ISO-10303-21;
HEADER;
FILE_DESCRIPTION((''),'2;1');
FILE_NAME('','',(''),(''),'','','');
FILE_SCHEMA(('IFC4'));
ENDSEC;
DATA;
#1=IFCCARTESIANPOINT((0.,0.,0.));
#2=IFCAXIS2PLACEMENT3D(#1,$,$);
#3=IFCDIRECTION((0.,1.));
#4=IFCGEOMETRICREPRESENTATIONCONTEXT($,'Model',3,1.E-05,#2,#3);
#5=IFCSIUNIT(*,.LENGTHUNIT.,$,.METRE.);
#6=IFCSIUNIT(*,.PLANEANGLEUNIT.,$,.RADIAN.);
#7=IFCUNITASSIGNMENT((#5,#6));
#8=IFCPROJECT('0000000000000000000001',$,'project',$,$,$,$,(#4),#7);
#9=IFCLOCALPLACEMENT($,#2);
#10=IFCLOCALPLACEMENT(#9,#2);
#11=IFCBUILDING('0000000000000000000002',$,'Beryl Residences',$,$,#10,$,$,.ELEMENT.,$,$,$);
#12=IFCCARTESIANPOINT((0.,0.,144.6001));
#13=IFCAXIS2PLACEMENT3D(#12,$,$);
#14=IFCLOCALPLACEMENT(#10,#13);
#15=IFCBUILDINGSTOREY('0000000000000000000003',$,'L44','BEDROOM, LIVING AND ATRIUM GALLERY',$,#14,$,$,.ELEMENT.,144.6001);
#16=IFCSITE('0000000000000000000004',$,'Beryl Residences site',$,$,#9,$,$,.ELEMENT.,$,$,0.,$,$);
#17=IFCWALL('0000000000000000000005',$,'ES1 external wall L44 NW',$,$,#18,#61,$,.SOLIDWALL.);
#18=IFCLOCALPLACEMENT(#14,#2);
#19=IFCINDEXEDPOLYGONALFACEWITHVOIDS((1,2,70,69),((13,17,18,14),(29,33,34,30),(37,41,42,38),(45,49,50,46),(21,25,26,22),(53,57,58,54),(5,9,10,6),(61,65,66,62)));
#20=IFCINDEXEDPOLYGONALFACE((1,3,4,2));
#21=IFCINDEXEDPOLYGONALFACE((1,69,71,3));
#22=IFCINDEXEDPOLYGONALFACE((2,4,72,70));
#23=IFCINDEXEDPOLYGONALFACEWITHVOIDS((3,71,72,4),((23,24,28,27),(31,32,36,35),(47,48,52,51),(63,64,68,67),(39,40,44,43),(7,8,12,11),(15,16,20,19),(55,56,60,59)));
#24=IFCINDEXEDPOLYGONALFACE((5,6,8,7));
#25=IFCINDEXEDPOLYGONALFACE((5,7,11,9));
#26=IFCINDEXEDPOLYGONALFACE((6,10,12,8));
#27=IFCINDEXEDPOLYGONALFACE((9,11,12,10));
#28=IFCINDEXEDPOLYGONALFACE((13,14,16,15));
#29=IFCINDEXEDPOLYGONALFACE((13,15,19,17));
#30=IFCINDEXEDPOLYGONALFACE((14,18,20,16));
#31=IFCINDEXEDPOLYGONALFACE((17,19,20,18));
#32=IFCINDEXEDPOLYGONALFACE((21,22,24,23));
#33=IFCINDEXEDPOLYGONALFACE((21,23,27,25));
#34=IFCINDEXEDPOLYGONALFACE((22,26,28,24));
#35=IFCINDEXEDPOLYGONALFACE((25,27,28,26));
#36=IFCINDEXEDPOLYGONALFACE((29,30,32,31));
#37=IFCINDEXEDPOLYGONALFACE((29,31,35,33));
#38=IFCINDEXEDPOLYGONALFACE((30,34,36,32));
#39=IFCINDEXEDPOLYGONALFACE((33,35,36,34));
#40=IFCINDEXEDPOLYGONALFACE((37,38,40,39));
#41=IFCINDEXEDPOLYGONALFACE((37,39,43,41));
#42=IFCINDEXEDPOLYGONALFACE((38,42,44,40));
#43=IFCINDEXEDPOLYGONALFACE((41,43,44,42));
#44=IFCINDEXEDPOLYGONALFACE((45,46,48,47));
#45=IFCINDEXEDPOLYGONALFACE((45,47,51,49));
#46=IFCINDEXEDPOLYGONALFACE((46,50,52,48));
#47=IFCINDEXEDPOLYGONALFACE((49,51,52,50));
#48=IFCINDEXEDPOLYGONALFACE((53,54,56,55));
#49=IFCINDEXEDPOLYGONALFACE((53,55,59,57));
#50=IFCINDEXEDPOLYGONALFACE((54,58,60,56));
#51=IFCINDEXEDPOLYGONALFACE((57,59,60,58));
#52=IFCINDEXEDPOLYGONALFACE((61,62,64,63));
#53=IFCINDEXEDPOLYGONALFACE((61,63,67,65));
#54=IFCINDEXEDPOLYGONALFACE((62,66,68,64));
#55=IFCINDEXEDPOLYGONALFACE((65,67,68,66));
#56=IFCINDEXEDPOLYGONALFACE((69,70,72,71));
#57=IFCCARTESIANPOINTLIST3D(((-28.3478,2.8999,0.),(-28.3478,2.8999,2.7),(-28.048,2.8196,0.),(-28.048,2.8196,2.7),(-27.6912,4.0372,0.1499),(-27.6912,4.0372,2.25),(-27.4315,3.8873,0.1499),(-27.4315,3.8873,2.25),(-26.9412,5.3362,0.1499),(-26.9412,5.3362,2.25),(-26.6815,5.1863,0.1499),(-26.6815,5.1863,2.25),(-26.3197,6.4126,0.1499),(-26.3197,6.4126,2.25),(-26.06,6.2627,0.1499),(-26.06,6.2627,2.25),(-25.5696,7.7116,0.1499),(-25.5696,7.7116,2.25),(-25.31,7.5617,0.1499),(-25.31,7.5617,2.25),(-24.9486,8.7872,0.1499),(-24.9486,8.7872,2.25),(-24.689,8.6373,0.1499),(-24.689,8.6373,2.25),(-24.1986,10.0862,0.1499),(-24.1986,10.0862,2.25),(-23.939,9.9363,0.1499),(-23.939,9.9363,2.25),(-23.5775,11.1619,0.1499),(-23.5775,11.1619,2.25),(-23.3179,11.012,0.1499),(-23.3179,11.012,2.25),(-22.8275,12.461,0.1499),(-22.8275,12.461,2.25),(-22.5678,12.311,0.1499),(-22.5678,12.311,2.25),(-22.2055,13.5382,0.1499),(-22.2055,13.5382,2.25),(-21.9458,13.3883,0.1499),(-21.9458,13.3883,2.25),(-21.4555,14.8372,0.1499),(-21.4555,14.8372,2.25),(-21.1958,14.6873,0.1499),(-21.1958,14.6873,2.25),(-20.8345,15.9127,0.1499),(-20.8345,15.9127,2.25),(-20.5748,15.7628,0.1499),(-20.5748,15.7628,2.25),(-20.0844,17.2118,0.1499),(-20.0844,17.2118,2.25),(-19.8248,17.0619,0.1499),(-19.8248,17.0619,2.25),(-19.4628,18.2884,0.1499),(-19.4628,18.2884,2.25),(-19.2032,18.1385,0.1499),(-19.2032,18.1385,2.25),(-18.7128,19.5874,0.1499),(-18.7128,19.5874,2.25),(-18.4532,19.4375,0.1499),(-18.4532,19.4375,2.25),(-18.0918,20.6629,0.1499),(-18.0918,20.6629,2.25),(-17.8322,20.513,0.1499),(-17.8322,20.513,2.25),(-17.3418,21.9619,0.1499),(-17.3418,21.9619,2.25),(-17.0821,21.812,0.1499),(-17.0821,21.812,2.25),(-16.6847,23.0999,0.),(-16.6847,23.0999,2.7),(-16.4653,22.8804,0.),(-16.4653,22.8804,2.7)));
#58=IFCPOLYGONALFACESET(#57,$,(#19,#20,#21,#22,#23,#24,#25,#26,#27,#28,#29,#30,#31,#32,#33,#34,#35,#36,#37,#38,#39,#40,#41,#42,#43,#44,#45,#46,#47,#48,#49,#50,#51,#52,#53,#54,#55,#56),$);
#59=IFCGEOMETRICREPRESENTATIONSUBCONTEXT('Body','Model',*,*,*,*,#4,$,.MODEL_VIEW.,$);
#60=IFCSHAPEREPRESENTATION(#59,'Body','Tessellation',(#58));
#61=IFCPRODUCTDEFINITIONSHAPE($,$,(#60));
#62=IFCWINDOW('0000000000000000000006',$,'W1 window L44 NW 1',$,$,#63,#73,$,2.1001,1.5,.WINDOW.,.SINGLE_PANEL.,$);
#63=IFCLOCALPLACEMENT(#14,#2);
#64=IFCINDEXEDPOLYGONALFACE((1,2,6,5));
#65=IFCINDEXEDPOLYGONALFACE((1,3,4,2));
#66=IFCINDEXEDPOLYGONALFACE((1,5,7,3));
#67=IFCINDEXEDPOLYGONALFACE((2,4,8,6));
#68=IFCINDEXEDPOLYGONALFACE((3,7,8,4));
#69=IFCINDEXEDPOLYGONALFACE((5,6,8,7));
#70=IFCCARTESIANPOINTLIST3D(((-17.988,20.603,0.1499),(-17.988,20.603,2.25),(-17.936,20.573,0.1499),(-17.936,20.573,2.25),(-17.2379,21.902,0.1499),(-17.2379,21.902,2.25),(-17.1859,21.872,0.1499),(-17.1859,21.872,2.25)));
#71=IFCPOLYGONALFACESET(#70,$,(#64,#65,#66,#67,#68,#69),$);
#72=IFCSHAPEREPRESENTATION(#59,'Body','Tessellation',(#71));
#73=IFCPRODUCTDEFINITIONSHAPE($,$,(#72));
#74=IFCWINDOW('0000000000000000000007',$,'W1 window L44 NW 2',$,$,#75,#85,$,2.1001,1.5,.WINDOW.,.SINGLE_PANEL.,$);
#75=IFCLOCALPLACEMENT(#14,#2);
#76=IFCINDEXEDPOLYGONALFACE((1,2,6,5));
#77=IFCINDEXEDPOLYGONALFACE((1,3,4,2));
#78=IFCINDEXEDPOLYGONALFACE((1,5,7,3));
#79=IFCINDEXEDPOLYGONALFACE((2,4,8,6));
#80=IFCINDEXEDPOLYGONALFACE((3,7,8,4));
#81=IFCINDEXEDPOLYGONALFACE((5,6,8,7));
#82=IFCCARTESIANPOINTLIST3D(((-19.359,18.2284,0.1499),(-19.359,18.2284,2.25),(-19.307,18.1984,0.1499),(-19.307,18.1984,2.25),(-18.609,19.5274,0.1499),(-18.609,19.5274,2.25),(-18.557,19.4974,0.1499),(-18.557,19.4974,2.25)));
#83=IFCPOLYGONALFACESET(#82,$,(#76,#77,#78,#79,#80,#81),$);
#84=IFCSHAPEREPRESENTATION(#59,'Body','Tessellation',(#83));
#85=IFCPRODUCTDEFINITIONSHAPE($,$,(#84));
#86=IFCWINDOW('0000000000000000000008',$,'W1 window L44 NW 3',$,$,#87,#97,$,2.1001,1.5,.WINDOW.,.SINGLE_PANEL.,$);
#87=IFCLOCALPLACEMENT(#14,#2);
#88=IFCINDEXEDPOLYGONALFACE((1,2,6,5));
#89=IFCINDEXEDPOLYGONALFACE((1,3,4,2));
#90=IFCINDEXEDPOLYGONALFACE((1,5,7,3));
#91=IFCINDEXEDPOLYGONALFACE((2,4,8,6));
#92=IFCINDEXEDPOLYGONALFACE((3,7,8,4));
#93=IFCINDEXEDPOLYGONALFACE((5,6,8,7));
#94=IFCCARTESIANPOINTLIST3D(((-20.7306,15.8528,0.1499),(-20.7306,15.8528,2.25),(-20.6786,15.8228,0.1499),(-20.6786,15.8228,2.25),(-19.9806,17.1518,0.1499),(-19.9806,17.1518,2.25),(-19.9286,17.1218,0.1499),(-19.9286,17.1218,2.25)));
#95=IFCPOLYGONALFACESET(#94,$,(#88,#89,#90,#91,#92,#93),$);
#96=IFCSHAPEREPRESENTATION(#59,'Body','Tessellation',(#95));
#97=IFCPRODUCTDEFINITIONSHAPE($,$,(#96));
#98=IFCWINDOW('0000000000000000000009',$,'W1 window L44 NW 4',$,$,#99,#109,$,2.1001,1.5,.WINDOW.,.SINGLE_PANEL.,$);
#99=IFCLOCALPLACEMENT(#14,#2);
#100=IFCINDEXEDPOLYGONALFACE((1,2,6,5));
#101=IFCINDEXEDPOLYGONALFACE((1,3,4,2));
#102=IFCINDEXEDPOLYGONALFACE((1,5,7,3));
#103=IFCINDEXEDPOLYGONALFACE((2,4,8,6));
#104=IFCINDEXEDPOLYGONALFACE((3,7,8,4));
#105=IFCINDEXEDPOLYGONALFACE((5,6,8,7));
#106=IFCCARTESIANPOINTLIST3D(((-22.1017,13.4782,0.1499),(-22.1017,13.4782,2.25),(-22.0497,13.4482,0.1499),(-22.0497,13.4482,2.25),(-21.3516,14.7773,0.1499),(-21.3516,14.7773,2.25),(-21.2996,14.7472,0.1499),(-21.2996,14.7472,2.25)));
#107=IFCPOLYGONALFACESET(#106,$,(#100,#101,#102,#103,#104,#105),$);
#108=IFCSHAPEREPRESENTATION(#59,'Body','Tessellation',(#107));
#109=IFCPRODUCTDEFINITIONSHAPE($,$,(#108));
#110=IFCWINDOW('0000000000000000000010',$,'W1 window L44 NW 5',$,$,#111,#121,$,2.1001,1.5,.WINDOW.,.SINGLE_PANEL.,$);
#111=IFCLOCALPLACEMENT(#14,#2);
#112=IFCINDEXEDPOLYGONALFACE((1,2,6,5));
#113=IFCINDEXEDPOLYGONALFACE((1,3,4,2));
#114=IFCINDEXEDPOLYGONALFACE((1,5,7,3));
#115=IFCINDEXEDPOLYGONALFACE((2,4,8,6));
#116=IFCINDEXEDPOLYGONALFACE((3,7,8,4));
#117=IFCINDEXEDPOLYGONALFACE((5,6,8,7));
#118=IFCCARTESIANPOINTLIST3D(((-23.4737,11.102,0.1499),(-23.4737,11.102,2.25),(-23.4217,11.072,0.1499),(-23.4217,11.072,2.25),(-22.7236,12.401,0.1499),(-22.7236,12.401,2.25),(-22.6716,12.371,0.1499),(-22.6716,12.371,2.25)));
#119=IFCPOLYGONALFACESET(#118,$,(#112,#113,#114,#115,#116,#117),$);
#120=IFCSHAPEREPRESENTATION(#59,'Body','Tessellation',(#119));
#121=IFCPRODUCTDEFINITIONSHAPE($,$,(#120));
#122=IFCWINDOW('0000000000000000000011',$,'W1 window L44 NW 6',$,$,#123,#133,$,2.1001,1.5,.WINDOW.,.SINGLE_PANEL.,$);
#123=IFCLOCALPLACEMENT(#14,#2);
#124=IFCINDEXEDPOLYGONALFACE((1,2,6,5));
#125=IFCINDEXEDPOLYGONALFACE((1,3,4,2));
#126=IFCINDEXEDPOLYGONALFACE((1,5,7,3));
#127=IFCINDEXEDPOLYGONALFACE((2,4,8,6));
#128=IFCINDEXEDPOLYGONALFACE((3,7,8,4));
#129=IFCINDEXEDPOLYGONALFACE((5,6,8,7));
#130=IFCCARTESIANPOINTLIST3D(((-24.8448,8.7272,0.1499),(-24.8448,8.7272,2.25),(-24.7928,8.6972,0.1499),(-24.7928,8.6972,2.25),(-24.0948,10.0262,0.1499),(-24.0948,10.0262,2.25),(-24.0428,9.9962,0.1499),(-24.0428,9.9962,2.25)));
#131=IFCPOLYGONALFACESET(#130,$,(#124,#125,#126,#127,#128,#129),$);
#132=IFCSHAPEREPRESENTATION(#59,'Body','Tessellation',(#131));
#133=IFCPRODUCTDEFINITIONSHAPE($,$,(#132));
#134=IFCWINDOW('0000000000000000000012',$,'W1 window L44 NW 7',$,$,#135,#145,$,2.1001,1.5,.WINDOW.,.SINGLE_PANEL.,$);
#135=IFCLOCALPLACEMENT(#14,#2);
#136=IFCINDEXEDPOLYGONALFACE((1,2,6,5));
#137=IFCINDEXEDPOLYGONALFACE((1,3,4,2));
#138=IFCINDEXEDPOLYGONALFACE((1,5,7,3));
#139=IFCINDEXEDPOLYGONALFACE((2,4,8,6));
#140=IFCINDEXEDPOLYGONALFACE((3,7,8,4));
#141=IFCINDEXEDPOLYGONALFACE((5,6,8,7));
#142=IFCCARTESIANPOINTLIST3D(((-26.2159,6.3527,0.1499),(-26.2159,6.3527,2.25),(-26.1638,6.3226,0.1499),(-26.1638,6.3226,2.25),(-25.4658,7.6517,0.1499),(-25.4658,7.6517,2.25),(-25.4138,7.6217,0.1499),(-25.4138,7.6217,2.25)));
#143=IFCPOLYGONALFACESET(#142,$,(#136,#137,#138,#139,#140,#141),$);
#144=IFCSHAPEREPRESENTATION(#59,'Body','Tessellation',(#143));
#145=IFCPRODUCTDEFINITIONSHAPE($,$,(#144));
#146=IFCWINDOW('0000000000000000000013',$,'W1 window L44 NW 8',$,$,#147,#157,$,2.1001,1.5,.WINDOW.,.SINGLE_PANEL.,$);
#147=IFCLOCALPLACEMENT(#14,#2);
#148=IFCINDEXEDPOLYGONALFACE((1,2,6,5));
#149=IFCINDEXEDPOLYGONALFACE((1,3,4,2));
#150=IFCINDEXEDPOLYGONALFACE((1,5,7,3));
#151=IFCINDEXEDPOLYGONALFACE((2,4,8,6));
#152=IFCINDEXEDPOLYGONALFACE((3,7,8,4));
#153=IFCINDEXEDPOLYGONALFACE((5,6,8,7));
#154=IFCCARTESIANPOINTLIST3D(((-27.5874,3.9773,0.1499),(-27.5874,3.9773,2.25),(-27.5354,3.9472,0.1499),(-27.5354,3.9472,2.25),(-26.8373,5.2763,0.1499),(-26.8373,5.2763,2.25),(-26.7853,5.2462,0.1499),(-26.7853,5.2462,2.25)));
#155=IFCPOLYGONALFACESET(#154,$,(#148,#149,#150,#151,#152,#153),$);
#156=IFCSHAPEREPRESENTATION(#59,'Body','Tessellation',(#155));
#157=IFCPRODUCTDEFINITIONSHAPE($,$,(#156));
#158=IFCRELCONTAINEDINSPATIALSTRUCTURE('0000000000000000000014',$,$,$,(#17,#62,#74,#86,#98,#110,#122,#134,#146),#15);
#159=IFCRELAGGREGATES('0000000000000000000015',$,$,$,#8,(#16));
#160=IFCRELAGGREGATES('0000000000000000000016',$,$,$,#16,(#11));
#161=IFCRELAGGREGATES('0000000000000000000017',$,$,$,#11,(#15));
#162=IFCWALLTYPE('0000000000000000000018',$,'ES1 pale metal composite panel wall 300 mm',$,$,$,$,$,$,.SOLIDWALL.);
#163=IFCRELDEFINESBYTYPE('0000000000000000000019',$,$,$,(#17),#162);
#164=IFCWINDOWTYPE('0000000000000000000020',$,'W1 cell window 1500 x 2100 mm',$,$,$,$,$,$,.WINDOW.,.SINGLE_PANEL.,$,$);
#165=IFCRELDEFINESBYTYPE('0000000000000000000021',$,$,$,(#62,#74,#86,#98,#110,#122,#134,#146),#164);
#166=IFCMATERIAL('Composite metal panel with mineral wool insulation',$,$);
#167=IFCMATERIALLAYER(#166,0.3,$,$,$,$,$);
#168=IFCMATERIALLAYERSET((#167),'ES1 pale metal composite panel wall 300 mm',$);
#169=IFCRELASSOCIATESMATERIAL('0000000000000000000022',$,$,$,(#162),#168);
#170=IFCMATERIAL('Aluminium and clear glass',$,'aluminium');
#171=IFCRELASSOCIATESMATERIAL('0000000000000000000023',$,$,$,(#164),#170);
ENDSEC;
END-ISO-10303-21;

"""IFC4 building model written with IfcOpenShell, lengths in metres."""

from ifc_helpers import new_model, si_unit, direction, frame, frame_2d, origin, place, context, subcontext, project, spatial, polyline, rectangle, outline, extrude, material, layer, layer_set, type_object, element, fill, save


model = new_model("IFC4")

# Units and contexts
model_context = context("Model", 3, precision=1e-05, world=origin(), true_north=direction((0.0, 1.0)))
body_context = subcontext(model_context, "Body", "Model", "MODEL_VIEW")
ifc_project = project(units=[si_unit("LENGTHUNIT", "METRE"), si_unit("PLANEANGLEUNIT", "RADIAN")], contexts=[model_context])

# Site, building, storey
site_placement = place(None, origin())
site = spatial("IfcSite", under=ifc_project, at=site_placement, Name="Beryl Residences site", CompositionType="ELEMENT", RefElevation=0.0)
building_placement = place(site_placement, origin())
building = spatial("IfcBuilding", under=site, at=building_placement, Name="Beryl Residences", CompositionType="ELEMENT")
storey_placement = place(building_placement, frame((0.0, 0.0, 144.6001)))
storey = spatial("IfcBuildingStorey", under=building, at=storey_placement, Name="L44", Description="BEDROOM, LIVING AND ATRIUM GALLERY", CompositionType="ELEMENT", Elevation=144.6001)

# Wall, openings, windows
ifc_material_1 = material(Name="Composite metal panel with mineral wool insulation")
ifc_layer_1 = layer(ifc_material_1, 0.3)
ifc_layer_set_1 = layer_set([ifc_layer_1], Name="ES1 pale metal composite panel wall 300 mm")
wall_type_1 = type_object("IfcWallType", Name="ES1 pale metal composite panel wall 300 mm", PredefinedType="SOLIDWALL", material=ifc_layer_set_1)
wall_1_placement = place(storey_placement, frame((-16.5549, 23.0249, 0.0), z_axis=(0.0, 0.0, 1.0), x_axis=(-0.500021, -0.866014, 0.0)))
wall_1 = element("IfcWall", 1, at=wall_1_placement, inside=storey, type_object=wall_type_1, Name="ES1 external wall L44 NW", PredefinedType="SOLIDWALL", context=body_context, shape_type="SweptSolid", body=[
    extrude(outline(polyline([(0.0, -0.1499), (23.3252, -0.1499), (23.2449, 0.1499), (0.0803, 0.1499), (0.0, -0.1499)])), origin(), (0.0, 0.0, 1.0), 2.7),
])
opening_1_placement = place(wall_1_placement, frame((1.314, 0.0, 0.1499)))
opening_1 = element("IfcOpeningElement", 2, at=opening_1_placement, cuts=wall_1, PredefinedType="OPENING", context=body_context, shape_type="SweptSolid", body=[
    extrude(rectangle(XDim=1.5, YDim=2.1001, at=frame_2d((0.75, 1.05))), frame((0.0, 0.1599, 0.0), z_axis=(0.0, -1.0, 0.0), x_axis=(1.0, 0.0, 0.0)), (0.0, 0.0, 1.0), 0.3201),
])
opening_2_placement = place(wall_1_placement, frame((4.0559, 0.0, 0.1499)))
opening_2 = element("IfcOpeningElement", 3, at=opening_2_placement, cuts=wall_1, PredefinedType="OPENING", context=body_context, shape_type="SweptSolid", body=[
    extrude(rectangle(XDim=1.5, YDim=2.1001, at=frame_2d((0.75, 1.05))), frame((0.0, 0.1599, 0.0), z_axis=(0.0, -1.0, 0.0), x_axis=(1.0, 0.0, 0.0)), (0.0, 0.0, 1.0), 0.3201),
])
opening_3_placement = place(wall_1_placement, frame((6.7991, 0.0, 0.1499)))
opening_3 = element("IfcOpeningElement", 4, at=opening_3_placement, cuts=wall_1, PredefinedType="OPENING", context=body_context, shape_type="SweptSolid", body=[
    extrude(rectangle(XDim=1.5, YDim=2.1001, at=frame_2d((0.75, 1.05))), frame((0.0, 0.1599, 0.0), z_axis=(0.0, -1.0, 0.0), x_axis=(1.0, 0.0, 0.0)), (0.0, 0.0, 1.0), 0.3201),
])
opening_4_placement = place(wall_1_placement, frame((9.541, 0.0, 0.1499)))
opening_4 = element("IfcOpeningElement", 5, at=opening_4_placement, cuts=wall_1, PredefinedType="OPENING", context=body_context, shape_type="SweptSolid", body=[
    extrude(rectangle(XDim=1.5, YDim=2.1001, at=frame_2d((0.75, 1.05))), frame((0.0, 0.1599, 0.0), z_axis=(0.0, -1.0, 0.0), x_axis=(1.0, 0.0, 0.0)), (0.0, 0.0, 1.0), 0.3201),
])
opening_5_placement = place(wall_1_placement, frame((12.2849, 0.0, 0.1499)))
opening_5 = element("IfcOpeningElement", 6, at=opening_5_placement, cuts=wall_1, PredefinedType="OPENING", context=body_context, shape_type="SweptSolid", body=[
    extrude(rectangle(XDim=1.5, YDim=2.1001, at=frame_2d((0.75, 1.05))), frame((0.0, 0.1599, 0.0), z_axis=(0.0, -1.0, 0.0), x_axis=(1.0, 0.0, 0.0)), (0.0, 0.0, 1.0), 0.3201),
])
opening_6_placement = place(wall_1_placement, frame((15.0271, 0.0, 0.1499)))
opening_6 = element("IfcOpeningElement", 7, at=opening_6_placement, cuts=wall_1, PredefinedType="OPENING", context=body_context, shape_type="SweptSolid", body=[
    extrude(rectangle(XDim=1.5, YDim=2.1001, at=frame_2d((0.75, 1.05))), frame((0.0, 0.1599, 0.0), z_axis=(0.0, -1.0, 0.0), x_axis=(1.0, 0.0, 0.0)), (0.0, 0.0, 1.0), 0.3201),
])
opening_7_placement = place(wall_1_placement, frame((17.769, 0.0, 0.1499)))
opening_7 = element("IfcOpeningElement", 8, at=opening_7_placement, cuts=wall_1, PredefinedType="OPENING", context=body_context, shape_type="SweptSolid", body=[
    extrude(rectangle(XDim=1.5, YDim=2.1001, at=frame_2d((0.75, 1.05))), frame((0.0, 0.1599, 0.0), z_axis=(0.0, -1.0, 0.0), x_axis=(1.0, 0.0, 0.0)), (0.0, 0.0, 1.0), 0.3201),
])
opening_8_placement = place(wall_1_placement, frame((20.512, 0.0, 0.1499)))
opening_8 = element("IfcOpeningElement", 9, at=opening_8_placement, cuts=wall_1, PredefinedType="OPENING", context=body_context, shape_type="SweptSolid", body=[
    extrude(rectangle(XDim=1.5, YDim=2.1001, at=frame_2d((0.75, 1.05))), frame((0.0, 0.1599, 0.0), z_axis=(0.0, -1.0, 0.0), x_axis=(1.0, 0.0, 0.0)), (0.0, 0.0, 1.0), 0.3201),
])
ifc_material_2 = material(Name="Aluminium and clear glass", Category="aluminium")
window_type_1 = type_object("IfcWindowType", Name="W1 cell window 1500 x 2100 mm", PartitioningType="SINGLE_PANEL", PredefinedType="WINDOW", material=ifc_material_2)
window_1_placement = place(opening_1_placement, origin())
window_1 = element("IfcWindow", 10, at=window_1_placement, inside=storey, type_object=window_type_1, Name="W1 window L44 NW 1", OverallHeight=2.1001, OverallWidth=1.5, PartitioningType="SINGLE_PANEL", PredefinedType="WINDOW", context=body_context, shape_type="SweptSolid", body=[
    extrude(rectangle(XDim=1.5, YDim=2.1001, at=frame_2d((0.75, 1.05))), frame((0.0, 0.03, 0.0), z_axis=(0.0, -1.0, 0.0), x_axis=(1.0, 0.0, 0.0)), (0.0, 0.0, 1.0), 0.0601),
])
fill(opening_1, window_1)
window_2_placement = place(opening_2_placement, origin())
window_2 = element("IfcWindow", 11, at=window_2_placement, inside=storey, type_object=window_type_1, Name="W1 window L44 NW 2", OverallHeight=2.1001, OverallWidth=1.5, PartitioningType="SINGLE_PANEL", PredefinedType="WINDOW", context=body_context, shape_type="SweptSolid", body=[
    extrude(rectangle(XDim=1.5, YDim=2.1001, at=frame_2d((0.75, 1.05))), frame((0.0, 0.03, 0.0), z_axis=(0.0, -1.0, 0.0), x_axis=(1.0, 0.0, 0.0)), (0.0, 0.0, 1.0), 0.0601),
])
fill(opening_2, window_2)
window_3_placement = place(opening_3_placement, origin())
window_3 = element("IfcWindow", 12, at=window_3_placement, inside=storey, type_object=window_type_1, Name="W1 window L44 NW 3", OverallHeight=2.1001, OverallWidth=1.5, PartitioningType="SINGLE_PANEL", PredefinedType="WINDOW", context=body_context, shape_type="SweptSolid", body=[
    extrude(rectangle(XDim=1.5, YDim=2.1001, at=frame_2d((0.75, 1.05))), frame((0.0, 0.03, 0.0), z_axis=(0.0, -1.0, 0.0), x_axis=(1.0, 0.0, 0.0)), (0.0, 0.0, 1.0), 0.0601),
])
fill(opening_3, window_3)
window_4_placement = place(opening_4_placement, origin())
window_4 = element("IfcWindow", 13, at=window_4_placement, inside=storey, type_object=window_type_1, Name="W1 window L44 NW 4", OverallHeight=2.1001, OverallWidth=1.5, PartitioningType="SINGLE_PANEL", PredefinedType="WINDOW", context=body_context, shape_type="SweptSolid", body=[
    extrude(rectangle(XDim=1.5, YDim=2.1001, at=frame_2d((0.75, 1.05))), frame((0.0, 0.03, 0.0), z_axis=(0.0, -1.0, 0.0), x_axis=(1.0, 0.0, 0.0)), (0.0, 0.0, 1.0), 0.0601),
])
fill(opening_4, window_4)
window_5_placement = place(opening_5_placement, origin())
window_5 = element("IfcWindow", 14, at=window_5_placement, inside=storey, type_object=window_type_1, Name="W1 window L44 NW 5", OverallHeight=2.1001, OverallWidth=1.5, PartitioningType="SINGLE_PANEL", PredefinedType="WINDOW", context=body_context, shape_type="SweptSolid", body=[
    extrude(rectangle(XDim=1.5, YDim=2.1001, at=frame_2d((0.75, 1.05))), frame((0.0, 0.03, 0.0), z_axis=(0.0, -1.0, 0.0), x_axis=(1.0, 0.0, 0.0)), (0.0, 0.0, 1.0), 0.0601),
])
fill(opening_5, window_5)
window_6_placement = place(opening_6_placement, origin())
window_6 = element("IfcWindow", 15, at=window_6_placement, inside=storey, type_object=window_type_1, Name="W1 window L44 NW 6", OverallHeight=2.1001, OverallWidth=1.5, PartitioningType="SINGLE_PANEL", PredefinedType="WINDOW", context=body_context, shape_type="SweptSolid", body=[
    extrude(rectangle(XDim=1.5, YDim=2.1001, at=frame_2d((0.75, 1.05))), frame((0.0, 0.03, 0.0), z_axis=(0.0, -1.0, 0.0), x_axis=(1.0, 0.0, 0.0)), (0.0, 0.0, 1.0), 0.0601),
])
fill(opening_6, window_6)
window_7_placement = place(opening_7_placement, origin())
window_7 = element("IfcWindow", 16, at=window_7_placement, inside=storey, type_object=window_type_1, Name="W1 window L44 NW 7", OverallHeight=2.1001, OverallWidth=1.5, PartitioningType="SINGLE_PANEL", PredefinedType="WINDOW", context=body_context, shape_type="SweptSolid", body=[
    extrude(rectangle(XDim=1.5, YDim=2.1001, at=frame_2d((0.75, 1.05))), frame((0.0, 0.03, 0.0), z_axis=(0.0, -1.0, 0.0), x_axis=(1.0, 0.0, 0.0)), (0.0, 0.0, 1.0), 0.0601),
])
fill(opening_7, window_7)
window_8_placement = place(opening_8_placement, origin())
window_8 = element("IfcWindow", 17, at=window_8_placement, inside=storey, type_object=window_type_1, Name="W1 window L44 NW 8", OverallHeight=2.1001, OverallWidth=1.5, PartitioningType="SINGLE_PANEL", PredefinedType="WINDOW", context=body_context, shape_type="SweptSolid", body=[
    extrude(rectangle(XDim=1.5, YDim=2.1001, at=frame_2d((0.75, 1.05))), frame((0.0, 0.03, 0.0), z_axis=(0.0, -1.0, 0.0), x_axis=(1.0, 0.0, 0.0)), (0.0, 0.0, 1.0), 0.0601),
])
fill(opening_8, window_8)

save(model, "model.ifc")
